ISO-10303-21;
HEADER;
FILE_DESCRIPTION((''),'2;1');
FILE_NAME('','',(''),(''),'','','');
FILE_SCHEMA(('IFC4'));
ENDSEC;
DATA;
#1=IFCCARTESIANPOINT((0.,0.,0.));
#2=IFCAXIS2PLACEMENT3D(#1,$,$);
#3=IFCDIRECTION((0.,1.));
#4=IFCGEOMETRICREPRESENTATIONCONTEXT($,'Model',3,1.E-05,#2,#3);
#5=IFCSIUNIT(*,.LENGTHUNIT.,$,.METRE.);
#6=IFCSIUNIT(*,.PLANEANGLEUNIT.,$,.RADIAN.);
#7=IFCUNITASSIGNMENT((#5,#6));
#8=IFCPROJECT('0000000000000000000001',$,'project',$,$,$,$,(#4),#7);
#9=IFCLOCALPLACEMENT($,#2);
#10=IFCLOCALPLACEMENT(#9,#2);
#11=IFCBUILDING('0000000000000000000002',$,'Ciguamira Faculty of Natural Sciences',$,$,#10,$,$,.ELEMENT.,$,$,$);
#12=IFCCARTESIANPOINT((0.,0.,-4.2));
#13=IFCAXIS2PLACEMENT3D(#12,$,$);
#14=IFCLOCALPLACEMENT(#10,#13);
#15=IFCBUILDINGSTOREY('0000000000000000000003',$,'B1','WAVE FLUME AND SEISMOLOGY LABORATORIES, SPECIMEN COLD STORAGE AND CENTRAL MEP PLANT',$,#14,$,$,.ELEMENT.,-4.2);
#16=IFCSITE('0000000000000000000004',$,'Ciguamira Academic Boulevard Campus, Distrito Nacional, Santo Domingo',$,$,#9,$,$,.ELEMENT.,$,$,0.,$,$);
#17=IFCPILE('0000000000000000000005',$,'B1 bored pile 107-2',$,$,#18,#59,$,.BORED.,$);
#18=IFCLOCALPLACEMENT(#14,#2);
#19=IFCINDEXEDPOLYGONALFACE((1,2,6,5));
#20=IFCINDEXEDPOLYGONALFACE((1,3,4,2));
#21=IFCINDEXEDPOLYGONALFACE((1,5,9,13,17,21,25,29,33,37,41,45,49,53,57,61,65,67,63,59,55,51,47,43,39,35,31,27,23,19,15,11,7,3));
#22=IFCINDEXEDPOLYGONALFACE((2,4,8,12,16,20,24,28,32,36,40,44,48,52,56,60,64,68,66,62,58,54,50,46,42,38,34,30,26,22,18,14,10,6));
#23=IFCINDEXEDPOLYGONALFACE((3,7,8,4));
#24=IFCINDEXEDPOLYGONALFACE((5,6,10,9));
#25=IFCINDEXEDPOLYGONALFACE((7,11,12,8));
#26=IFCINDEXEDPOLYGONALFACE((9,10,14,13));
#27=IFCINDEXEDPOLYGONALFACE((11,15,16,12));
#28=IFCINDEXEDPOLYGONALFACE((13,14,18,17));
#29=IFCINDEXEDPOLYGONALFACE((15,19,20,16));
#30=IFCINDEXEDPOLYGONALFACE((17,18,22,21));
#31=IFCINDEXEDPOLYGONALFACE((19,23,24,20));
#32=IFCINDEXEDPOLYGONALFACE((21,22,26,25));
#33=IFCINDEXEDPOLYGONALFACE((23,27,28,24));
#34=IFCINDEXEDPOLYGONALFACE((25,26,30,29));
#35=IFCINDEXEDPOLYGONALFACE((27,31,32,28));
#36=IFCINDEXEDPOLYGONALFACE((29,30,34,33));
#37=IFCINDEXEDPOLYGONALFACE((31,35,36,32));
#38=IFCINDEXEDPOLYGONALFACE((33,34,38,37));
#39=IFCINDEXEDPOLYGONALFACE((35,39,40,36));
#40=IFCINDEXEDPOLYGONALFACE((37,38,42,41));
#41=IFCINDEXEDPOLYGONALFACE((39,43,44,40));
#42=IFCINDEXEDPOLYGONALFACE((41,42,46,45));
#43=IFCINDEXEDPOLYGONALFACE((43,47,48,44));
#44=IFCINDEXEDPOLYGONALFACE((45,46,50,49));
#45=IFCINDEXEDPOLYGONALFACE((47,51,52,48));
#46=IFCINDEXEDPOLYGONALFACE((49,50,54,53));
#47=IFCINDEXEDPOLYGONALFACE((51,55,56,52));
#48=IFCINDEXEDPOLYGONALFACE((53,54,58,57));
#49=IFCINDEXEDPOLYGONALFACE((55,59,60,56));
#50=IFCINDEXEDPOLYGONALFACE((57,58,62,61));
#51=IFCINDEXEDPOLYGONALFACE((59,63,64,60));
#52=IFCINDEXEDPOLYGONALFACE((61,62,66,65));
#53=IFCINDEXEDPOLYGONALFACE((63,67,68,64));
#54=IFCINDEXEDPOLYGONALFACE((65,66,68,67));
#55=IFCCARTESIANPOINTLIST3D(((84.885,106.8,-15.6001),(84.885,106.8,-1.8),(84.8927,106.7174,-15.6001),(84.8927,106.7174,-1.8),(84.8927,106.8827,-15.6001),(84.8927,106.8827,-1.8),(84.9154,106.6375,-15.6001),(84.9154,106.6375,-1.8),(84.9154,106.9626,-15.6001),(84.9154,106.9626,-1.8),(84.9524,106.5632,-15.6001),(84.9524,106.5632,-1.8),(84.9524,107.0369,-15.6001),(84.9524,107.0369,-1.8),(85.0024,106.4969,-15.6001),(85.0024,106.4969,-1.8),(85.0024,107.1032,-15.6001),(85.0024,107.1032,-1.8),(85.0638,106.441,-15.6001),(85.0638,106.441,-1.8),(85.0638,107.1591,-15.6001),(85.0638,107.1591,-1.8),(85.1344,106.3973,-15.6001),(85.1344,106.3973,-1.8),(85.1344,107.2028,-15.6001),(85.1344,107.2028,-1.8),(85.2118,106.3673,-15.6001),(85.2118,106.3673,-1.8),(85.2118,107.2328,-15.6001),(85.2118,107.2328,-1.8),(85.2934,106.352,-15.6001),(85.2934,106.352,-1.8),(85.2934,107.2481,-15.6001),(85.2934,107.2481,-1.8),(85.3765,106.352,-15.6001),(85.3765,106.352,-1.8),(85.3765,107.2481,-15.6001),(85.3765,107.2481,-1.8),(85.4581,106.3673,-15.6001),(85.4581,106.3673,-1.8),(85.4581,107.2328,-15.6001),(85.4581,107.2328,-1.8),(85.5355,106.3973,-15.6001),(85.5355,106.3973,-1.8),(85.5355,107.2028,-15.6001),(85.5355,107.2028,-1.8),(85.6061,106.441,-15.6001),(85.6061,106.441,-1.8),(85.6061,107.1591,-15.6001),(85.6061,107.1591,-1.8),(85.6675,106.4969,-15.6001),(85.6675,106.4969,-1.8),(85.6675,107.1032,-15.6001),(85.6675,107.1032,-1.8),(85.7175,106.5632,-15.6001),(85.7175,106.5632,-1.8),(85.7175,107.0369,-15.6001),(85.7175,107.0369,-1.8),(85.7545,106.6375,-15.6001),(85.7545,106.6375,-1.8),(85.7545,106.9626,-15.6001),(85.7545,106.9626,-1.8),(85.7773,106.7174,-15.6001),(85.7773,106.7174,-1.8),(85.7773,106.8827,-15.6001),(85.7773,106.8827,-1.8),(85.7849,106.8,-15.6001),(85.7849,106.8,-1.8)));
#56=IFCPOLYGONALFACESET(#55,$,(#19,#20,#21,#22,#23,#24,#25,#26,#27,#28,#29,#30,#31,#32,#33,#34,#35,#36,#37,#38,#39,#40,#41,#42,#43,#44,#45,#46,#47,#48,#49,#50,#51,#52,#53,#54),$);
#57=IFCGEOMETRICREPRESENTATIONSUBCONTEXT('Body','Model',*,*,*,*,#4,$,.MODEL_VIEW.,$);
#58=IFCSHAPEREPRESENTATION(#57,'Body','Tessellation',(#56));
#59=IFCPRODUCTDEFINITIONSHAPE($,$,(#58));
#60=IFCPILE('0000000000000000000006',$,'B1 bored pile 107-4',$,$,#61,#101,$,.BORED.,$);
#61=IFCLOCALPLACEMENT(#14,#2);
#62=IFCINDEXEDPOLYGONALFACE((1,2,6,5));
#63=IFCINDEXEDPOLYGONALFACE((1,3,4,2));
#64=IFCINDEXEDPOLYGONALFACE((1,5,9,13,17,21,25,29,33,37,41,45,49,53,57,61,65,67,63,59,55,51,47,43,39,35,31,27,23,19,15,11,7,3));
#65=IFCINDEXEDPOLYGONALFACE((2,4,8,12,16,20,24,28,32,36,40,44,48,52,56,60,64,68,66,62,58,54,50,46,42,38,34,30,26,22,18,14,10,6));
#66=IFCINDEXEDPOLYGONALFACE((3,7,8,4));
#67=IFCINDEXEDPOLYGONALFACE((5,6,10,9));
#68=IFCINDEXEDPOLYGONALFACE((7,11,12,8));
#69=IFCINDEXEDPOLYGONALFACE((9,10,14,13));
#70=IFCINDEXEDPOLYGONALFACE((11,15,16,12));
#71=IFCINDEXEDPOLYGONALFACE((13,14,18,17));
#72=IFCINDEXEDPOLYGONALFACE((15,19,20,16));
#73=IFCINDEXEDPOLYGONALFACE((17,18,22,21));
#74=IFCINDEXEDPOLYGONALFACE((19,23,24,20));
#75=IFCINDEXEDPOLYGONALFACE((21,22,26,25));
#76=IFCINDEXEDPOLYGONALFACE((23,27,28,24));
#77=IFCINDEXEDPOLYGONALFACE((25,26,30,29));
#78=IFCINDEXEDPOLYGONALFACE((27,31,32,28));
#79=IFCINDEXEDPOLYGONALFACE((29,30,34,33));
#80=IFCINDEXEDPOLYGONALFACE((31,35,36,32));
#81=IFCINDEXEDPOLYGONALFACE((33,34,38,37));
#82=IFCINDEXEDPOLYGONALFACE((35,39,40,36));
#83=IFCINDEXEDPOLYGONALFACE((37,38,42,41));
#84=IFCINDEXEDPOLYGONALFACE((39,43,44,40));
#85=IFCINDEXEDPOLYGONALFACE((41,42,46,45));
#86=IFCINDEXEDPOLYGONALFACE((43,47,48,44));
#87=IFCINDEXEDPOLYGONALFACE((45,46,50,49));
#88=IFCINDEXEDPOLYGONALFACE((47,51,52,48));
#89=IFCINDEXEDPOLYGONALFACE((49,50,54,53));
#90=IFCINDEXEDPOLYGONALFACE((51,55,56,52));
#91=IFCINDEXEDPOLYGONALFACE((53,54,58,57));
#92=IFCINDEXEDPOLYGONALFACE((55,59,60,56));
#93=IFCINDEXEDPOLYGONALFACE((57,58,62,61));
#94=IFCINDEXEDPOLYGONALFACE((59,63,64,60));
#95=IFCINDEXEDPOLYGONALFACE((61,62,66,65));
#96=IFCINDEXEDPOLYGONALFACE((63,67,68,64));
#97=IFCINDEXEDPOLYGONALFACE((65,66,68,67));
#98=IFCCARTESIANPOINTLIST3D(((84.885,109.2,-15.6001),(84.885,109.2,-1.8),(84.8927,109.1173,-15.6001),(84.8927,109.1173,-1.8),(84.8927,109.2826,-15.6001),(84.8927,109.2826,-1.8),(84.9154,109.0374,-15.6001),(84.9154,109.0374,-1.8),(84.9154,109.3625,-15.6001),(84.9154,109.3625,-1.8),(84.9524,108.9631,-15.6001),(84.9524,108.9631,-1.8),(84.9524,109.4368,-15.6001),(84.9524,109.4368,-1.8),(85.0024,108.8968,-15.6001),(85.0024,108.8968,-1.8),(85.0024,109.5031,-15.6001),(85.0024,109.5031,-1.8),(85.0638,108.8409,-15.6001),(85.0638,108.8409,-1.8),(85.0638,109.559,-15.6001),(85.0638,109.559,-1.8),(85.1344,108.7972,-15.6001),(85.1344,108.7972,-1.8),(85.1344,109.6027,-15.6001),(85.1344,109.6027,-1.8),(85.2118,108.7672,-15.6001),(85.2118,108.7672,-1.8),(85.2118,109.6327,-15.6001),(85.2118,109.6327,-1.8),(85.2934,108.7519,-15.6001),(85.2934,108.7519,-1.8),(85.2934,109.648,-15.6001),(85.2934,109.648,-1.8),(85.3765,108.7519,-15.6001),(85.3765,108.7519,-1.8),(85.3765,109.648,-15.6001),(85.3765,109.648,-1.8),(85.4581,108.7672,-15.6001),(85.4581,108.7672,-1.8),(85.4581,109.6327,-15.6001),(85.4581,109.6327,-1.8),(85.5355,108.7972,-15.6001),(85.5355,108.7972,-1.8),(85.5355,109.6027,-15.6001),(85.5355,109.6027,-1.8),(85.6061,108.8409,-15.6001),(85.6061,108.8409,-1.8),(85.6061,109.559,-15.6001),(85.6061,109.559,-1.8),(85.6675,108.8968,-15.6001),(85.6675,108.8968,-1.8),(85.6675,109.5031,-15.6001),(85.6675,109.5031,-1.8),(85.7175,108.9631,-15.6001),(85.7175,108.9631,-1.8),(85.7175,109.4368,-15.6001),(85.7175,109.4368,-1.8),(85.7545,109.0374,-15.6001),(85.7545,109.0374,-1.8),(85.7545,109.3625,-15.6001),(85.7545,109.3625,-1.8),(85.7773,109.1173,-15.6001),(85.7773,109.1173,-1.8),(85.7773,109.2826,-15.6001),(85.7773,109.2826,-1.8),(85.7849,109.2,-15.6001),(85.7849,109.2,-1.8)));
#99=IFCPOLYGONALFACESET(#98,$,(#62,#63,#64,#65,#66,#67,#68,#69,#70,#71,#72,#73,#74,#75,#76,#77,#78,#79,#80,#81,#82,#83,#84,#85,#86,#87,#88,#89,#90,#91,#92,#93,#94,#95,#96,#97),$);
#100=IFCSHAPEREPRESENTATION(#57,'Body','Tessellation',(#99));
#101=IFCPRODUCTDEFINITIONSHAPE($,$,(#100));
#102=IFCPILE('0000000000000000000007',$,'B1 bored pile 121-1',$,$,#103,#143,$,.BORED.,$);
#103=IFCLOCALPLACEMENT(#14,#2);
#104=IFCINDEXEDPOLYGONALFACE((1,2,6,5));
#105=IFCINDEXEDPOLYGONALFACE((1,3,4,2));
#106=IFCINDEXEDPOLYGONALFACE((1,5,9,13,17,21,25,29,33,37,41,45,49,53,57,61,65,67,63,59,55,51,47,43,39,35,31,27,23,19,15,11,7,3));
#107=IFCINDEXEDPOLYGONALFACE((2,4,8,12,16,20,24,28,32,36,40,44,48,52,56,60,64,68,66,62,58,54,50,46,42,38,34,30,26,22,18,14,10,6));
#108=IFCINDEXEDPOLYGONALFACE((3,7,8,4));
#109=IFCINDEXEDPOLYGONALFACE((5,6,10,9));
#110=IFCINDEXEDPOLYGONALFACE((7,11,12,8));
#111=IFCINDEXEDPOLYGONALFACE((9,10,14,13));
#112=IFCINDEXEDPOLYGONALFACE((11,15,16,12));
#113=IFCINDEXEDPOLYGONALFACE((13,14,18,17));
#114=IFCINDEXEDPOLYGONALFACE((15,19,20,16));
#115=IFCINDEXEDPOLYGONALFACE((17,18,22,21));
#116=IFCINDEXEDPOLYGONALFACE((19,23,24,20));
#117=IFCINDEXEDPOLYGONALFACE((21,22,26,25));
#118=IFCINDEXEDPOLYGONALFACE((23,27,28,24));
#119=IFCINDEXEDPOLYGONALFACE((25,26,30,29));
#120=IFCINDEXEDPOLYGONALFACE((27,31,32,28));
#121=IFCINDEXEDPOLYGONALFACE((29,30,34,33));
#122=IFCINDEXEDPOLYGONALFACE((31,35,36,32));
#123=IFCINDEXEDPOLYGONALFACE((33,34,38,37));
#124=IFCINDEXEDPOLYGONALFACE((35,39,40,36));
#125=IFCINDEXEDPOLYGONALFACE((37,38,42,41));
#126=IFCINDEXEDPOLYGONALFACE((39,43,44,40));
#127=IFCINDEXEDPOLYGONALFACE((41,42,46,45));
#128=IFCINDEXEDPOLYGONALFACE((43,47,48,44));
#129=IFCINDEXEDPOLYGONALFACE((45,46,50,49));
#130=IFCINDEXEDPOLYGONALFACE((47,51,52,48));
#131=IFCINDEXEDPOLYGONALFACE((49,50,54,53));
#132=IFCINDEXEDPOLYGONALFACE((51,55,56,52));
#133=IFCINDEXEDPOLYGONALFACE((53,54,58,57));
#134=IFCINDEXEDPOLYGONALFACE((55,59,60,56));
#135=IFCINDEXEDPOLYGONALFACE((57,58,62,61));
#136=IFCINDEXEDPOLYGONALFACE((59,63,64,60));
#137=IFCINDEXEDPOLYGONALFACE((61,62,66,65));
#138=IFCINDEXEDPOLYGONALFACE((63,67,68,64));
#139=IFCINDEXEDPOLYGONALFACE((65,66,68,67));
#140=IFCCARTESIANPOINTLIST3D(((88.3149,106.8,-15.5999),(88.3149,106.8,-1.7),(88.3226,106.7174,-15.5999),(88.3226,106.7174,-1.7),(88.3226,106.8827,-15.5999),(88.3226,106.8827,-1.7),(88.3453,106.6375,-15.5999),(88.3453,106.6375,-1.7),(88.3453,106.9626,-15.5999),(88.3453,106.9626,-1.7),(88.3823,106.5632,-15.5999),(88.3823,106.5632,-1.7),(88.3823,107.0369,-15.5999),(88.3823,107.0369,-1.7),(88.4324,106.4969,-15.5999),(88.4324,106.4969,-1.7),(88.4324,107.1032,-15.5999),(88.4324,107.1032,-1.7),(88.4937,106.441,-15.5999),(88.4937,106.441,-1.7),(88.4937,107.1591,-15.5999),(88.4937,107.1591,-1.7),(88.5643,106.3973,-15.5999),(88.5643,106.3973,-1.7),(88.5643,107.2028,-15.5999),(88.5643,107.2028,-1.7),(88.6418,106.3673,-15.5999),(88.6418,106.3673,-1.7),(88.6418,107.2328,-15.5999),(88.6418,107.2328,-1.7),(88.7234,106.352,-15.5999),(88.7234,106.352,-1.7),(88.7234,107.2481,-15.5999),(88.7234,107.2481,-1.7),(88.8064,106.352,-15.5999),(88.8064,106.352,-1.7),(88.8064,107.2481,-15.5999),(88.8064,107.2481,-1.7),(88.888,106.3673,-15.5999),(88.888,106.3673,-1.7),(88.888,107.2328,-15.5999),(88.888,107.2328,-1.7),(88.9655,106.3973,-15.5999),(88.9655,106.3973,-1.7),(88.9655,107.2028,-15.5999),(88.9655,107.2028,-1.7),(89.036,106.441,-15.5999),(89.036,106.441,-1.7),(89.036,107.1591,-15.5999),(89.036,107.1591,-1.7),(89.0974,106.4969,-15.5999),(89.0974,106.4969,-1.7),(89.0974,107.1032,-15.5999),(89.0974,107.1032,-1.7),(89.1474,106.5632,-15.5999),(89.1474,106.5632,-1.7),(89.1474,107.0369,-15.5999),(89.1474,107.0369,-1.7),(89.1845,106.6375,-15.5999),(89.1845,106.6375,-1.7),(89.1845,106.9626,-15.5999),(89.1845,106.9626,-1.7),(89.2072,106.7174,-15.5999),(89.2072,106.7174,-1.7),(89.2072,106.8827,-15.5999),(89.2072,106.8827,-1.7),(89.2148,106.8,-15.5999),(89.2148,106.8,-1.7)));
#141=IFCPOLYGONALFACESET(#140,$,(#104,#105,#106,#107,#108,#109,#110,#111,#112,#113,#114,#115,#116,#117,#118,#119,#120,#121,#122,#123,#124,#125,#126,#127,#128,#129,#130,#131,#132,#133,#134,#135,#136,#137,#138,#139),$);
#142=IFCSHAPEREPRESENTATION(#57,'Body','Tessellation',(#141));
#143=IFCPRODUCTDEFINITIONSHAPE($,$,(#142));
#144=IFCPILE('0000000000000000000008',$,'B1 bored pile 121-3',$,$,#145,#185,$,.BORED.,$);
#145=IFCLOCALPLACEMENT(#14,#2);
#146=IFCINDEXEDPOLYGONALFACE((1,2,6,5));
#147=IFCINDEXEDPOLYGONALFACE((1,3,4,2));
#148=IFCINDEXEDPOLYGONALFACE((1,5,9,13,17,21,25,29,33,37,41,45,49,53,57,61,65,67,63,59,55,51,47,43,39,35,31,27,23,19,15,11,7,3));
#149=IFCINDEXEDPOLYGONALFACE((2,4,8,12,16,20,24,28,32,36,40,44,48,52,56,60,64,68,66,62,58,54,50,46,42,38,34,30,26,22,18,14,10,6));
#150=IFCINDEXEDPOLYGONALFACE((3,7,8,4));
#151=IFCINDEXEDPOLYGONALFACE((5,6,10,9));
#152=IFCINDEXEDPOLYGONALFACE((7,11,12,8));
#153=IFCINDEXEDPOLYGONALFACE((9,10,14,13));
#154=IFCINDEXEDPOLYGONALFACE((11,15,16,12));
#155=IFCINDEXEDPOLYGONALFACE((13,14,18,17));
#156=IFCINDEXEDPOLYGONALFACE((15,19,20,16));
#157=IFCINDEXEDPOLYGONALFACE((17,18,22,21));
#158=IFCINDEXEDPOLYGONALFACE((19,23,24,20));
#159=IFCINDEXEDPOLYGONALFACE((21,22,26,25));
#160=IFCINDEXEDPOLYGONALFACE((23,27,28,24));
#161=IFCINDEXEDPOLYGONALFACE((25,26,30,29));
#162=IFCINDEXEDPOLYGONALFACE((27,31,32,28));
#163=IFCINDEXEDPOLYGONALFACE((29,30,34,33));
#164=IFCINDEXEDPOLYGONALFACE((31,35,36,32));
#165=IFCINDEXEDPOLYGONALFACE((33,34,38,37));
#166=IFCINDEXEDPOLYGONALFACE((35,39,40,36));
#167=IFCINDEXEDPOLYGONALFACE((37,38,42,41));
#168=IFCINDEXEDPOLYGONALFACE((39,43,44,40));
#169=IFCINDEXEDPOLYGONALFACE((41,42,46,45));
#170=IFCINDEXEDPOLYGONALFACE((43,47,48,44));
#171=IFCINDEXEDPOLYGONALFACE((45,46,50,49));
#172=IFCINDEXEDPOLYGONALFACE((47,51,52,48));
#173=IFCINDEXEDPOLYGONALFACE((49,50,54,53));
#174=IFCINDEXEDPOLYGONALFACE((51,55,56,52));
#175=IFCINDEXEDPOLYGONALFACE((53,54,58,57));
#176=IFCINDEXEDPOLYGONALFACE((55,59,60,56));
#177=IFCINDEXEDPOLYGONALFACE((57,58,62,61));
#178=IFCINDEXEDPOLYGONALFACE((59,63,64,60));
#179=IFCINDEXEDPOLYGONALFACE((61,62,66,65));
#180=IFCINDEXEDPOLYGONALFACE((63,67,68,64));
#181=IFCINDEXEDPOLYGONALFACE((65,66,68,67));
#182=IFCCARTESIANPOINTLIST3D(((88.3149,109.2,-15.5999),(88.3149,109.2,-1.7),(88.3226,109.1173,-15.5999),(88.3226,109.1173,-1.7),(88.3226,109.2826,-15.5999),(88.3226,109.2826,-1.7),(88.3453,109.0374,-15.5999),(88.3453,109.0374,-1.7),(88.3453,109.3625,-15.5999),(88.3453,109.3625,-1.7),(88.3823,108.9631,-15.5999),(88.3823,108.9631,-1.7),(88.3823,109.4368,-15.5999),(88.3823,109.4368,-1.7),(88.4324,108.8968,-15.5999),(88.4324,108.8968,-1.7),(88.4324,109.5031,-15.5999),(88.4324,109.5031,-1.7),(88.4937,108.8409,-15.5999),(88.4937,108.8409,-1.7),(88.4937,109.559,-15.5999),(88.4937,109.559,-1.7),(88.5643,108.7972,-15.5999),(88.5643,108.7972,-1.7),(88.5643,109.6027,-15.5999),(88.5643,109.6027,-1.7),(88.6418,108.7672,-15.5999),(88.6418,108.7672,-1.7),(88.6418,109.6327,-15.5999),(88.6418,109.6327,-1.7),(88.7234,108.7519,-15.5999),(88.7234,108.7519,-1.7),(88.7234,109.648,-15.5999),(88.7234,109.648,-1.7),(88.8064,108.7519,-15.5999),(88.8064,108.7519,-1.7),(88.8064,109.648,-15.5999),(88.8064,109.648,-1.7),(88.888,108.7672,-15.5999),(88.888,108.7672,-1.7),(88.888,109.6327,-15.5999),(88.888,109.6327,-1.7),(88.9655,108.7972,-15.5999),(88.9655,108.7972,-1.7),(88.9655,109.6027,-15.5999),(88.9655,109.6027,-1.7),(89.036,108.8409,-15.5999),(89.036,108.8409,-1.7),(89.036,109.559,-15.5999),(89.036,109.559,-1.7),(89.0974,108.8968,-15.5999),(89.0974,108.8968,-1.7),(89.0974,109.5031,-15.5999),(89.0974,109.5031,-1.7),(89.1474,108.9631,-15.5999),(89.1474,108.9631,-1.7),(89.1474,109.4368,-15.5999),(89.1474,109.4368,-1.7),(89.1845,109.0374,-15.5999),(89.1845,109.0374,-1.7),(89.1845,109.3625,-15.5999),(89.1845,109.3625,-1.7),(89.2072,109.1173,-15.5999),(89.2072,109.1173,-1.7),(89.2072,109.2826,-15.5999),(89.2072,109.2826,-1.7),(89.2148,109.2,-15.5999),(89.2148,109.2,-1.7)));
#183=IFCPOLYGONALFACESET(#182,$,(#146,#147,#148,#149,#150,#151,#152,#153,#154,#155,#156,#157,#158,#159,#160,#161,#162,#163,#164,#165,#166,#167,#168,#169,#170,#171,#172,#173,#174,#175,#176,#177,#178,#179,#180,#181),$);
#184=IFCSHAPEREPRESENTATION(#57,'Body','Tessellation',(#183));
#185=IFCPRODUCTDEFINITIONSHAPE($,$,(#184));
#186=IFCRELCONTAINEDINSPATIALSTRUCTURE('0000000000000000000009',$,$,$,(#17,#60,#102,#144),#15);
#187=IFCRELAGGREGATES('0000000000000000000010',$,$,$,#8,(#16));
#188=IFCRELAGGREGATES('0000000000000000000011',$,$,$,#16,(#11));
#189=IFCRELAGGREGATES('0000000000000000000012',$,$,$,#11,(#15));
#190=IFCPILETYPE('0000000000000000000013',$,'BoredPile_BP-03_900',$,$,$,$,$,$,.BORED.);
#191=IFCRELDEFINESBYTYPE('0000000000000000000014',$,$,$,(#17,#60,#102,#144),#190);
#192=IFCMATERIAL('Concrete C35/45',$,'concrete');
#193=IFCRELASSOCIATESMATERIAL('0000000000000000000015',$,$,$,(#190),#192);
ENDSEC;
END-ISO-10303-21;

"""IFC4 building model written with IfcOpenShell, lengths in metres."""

from ifc_helpers import new_model, si_unit, direction, frame, origin, origin_2d, place, context, subcontext, project, spatial, circle, extrude, material, material_profile, profile_set, type_object, element, save


model = new_model("IFC4")

# Units and contexts
model_context = context("Model", 3, precision=1e-05, world=origin(), true_north=direction((0.0, 1.0)))
body_context = subcontext(model_context, "Body", "Model", "MODEL_VIEW")
ifc_project = project(units=[si_unit("LENGTHUNIT", "METRE"), si_unit("PLANEANGLEUNIT", "RADIAN")], contexts=[model_context])

# Site, building, storey
site_placement = place(None, origin())
site = spatial("IfcSite", under=ifc_project, at=site_placement, Name="Ciguamira Academic Boulevard Campus, Distrito Nacional, Santo Domingo", CompositionType="ELEMENT", RefElevation=0.0)
building_placement = place(site_placement, origin())
building = spatial("IfcBuilding", under=site, at=building_placement, Name="Ciguamira Faculty of Natural Sciences", CompositionType="ELEMENT")
storey_placement = place(building_placement, frame((0.0, 0.0, -4.2)))
storey = spatial("IfcBuildingStorey", under=building, at=storey_placement, Name="B1", Description="WAVE FLUME AND SEISMOLOGY LABORATORIES, SPECIMEN COLD STORAGE AND CENTRAL MEP PLANT", CompositionType="ELEMENT", Elevation=-4.2)

# Piles
ifc_material_1 = material(Name="Concrete C35/45", Category="concrete")
ifc_material_profile_1 = material_profile(ifc_material_1, circle(Radius=0.45, at=origin_2d()), Name="PILE-BORED-900")
ifc_profile_set_1 = profile_set([ifc_material_profile_1], Name="Concrete C35/45")
pile_type_1 = type_object("IfcPileType", Name="BoredPile_BP-03_900", PredefinedType="BORED", material=ifc_profile_set_1)
for number, where, z_axis, x_axis, name in (
    (1, (85.335, 106.8, -1.8), (0.0, 0.0, -1.0), (1.0, 0.0, 0.0), "B1 bored pile 107-2"),
    (2, (85.335, 109.2, -1.8), (0.0, 0.0, -1.0), (1.0, 0.0, 0.0), "B1 bored pile 107-4"),
):
    element("IfcPile", number, at=place(storey_placement, frame(where, z_axis=z_axis, x_axis=x_axis)), inside=storey, type_object=pile_type_1, Name=name, PredefinedType="BORED", context=body_context, shape_type="SweptSolid", body=[
        extrude(circle(Radius=0.45, at=origin_2d()), origin(), (0.0, 0.0, 1.0), 13.8),
    ])
for number, where, z_axis, x_axis, name in (
    (3, (88.7649, 106.8, -1.7), (0.0, 0.0, -1.0), (1.0, 0.0, 0.0), "B1 bored pile 121-1"),
    (4, (88.7649, 109.2, -1.7), (0.0, 0.0, -1.0), (1.0, 0.0, 0.0), "B1 bored pile 121-3"),
):
    element("IfcPile", number, at=place(storey_placement, frame(where, z_axis=z_axis, x_axis=x_axis)), inside=storey, type_object=pile_type_1, Name=name, PredefinedType="BORED", context=body_context, shape_type="SweptSolid", body=[
        extrude(circle(Radius=0.45, at=origin_2d()), origin(), (0.0, 0.0, 1.0), 13.8999),
    ])

save(model, "model.ifc")
